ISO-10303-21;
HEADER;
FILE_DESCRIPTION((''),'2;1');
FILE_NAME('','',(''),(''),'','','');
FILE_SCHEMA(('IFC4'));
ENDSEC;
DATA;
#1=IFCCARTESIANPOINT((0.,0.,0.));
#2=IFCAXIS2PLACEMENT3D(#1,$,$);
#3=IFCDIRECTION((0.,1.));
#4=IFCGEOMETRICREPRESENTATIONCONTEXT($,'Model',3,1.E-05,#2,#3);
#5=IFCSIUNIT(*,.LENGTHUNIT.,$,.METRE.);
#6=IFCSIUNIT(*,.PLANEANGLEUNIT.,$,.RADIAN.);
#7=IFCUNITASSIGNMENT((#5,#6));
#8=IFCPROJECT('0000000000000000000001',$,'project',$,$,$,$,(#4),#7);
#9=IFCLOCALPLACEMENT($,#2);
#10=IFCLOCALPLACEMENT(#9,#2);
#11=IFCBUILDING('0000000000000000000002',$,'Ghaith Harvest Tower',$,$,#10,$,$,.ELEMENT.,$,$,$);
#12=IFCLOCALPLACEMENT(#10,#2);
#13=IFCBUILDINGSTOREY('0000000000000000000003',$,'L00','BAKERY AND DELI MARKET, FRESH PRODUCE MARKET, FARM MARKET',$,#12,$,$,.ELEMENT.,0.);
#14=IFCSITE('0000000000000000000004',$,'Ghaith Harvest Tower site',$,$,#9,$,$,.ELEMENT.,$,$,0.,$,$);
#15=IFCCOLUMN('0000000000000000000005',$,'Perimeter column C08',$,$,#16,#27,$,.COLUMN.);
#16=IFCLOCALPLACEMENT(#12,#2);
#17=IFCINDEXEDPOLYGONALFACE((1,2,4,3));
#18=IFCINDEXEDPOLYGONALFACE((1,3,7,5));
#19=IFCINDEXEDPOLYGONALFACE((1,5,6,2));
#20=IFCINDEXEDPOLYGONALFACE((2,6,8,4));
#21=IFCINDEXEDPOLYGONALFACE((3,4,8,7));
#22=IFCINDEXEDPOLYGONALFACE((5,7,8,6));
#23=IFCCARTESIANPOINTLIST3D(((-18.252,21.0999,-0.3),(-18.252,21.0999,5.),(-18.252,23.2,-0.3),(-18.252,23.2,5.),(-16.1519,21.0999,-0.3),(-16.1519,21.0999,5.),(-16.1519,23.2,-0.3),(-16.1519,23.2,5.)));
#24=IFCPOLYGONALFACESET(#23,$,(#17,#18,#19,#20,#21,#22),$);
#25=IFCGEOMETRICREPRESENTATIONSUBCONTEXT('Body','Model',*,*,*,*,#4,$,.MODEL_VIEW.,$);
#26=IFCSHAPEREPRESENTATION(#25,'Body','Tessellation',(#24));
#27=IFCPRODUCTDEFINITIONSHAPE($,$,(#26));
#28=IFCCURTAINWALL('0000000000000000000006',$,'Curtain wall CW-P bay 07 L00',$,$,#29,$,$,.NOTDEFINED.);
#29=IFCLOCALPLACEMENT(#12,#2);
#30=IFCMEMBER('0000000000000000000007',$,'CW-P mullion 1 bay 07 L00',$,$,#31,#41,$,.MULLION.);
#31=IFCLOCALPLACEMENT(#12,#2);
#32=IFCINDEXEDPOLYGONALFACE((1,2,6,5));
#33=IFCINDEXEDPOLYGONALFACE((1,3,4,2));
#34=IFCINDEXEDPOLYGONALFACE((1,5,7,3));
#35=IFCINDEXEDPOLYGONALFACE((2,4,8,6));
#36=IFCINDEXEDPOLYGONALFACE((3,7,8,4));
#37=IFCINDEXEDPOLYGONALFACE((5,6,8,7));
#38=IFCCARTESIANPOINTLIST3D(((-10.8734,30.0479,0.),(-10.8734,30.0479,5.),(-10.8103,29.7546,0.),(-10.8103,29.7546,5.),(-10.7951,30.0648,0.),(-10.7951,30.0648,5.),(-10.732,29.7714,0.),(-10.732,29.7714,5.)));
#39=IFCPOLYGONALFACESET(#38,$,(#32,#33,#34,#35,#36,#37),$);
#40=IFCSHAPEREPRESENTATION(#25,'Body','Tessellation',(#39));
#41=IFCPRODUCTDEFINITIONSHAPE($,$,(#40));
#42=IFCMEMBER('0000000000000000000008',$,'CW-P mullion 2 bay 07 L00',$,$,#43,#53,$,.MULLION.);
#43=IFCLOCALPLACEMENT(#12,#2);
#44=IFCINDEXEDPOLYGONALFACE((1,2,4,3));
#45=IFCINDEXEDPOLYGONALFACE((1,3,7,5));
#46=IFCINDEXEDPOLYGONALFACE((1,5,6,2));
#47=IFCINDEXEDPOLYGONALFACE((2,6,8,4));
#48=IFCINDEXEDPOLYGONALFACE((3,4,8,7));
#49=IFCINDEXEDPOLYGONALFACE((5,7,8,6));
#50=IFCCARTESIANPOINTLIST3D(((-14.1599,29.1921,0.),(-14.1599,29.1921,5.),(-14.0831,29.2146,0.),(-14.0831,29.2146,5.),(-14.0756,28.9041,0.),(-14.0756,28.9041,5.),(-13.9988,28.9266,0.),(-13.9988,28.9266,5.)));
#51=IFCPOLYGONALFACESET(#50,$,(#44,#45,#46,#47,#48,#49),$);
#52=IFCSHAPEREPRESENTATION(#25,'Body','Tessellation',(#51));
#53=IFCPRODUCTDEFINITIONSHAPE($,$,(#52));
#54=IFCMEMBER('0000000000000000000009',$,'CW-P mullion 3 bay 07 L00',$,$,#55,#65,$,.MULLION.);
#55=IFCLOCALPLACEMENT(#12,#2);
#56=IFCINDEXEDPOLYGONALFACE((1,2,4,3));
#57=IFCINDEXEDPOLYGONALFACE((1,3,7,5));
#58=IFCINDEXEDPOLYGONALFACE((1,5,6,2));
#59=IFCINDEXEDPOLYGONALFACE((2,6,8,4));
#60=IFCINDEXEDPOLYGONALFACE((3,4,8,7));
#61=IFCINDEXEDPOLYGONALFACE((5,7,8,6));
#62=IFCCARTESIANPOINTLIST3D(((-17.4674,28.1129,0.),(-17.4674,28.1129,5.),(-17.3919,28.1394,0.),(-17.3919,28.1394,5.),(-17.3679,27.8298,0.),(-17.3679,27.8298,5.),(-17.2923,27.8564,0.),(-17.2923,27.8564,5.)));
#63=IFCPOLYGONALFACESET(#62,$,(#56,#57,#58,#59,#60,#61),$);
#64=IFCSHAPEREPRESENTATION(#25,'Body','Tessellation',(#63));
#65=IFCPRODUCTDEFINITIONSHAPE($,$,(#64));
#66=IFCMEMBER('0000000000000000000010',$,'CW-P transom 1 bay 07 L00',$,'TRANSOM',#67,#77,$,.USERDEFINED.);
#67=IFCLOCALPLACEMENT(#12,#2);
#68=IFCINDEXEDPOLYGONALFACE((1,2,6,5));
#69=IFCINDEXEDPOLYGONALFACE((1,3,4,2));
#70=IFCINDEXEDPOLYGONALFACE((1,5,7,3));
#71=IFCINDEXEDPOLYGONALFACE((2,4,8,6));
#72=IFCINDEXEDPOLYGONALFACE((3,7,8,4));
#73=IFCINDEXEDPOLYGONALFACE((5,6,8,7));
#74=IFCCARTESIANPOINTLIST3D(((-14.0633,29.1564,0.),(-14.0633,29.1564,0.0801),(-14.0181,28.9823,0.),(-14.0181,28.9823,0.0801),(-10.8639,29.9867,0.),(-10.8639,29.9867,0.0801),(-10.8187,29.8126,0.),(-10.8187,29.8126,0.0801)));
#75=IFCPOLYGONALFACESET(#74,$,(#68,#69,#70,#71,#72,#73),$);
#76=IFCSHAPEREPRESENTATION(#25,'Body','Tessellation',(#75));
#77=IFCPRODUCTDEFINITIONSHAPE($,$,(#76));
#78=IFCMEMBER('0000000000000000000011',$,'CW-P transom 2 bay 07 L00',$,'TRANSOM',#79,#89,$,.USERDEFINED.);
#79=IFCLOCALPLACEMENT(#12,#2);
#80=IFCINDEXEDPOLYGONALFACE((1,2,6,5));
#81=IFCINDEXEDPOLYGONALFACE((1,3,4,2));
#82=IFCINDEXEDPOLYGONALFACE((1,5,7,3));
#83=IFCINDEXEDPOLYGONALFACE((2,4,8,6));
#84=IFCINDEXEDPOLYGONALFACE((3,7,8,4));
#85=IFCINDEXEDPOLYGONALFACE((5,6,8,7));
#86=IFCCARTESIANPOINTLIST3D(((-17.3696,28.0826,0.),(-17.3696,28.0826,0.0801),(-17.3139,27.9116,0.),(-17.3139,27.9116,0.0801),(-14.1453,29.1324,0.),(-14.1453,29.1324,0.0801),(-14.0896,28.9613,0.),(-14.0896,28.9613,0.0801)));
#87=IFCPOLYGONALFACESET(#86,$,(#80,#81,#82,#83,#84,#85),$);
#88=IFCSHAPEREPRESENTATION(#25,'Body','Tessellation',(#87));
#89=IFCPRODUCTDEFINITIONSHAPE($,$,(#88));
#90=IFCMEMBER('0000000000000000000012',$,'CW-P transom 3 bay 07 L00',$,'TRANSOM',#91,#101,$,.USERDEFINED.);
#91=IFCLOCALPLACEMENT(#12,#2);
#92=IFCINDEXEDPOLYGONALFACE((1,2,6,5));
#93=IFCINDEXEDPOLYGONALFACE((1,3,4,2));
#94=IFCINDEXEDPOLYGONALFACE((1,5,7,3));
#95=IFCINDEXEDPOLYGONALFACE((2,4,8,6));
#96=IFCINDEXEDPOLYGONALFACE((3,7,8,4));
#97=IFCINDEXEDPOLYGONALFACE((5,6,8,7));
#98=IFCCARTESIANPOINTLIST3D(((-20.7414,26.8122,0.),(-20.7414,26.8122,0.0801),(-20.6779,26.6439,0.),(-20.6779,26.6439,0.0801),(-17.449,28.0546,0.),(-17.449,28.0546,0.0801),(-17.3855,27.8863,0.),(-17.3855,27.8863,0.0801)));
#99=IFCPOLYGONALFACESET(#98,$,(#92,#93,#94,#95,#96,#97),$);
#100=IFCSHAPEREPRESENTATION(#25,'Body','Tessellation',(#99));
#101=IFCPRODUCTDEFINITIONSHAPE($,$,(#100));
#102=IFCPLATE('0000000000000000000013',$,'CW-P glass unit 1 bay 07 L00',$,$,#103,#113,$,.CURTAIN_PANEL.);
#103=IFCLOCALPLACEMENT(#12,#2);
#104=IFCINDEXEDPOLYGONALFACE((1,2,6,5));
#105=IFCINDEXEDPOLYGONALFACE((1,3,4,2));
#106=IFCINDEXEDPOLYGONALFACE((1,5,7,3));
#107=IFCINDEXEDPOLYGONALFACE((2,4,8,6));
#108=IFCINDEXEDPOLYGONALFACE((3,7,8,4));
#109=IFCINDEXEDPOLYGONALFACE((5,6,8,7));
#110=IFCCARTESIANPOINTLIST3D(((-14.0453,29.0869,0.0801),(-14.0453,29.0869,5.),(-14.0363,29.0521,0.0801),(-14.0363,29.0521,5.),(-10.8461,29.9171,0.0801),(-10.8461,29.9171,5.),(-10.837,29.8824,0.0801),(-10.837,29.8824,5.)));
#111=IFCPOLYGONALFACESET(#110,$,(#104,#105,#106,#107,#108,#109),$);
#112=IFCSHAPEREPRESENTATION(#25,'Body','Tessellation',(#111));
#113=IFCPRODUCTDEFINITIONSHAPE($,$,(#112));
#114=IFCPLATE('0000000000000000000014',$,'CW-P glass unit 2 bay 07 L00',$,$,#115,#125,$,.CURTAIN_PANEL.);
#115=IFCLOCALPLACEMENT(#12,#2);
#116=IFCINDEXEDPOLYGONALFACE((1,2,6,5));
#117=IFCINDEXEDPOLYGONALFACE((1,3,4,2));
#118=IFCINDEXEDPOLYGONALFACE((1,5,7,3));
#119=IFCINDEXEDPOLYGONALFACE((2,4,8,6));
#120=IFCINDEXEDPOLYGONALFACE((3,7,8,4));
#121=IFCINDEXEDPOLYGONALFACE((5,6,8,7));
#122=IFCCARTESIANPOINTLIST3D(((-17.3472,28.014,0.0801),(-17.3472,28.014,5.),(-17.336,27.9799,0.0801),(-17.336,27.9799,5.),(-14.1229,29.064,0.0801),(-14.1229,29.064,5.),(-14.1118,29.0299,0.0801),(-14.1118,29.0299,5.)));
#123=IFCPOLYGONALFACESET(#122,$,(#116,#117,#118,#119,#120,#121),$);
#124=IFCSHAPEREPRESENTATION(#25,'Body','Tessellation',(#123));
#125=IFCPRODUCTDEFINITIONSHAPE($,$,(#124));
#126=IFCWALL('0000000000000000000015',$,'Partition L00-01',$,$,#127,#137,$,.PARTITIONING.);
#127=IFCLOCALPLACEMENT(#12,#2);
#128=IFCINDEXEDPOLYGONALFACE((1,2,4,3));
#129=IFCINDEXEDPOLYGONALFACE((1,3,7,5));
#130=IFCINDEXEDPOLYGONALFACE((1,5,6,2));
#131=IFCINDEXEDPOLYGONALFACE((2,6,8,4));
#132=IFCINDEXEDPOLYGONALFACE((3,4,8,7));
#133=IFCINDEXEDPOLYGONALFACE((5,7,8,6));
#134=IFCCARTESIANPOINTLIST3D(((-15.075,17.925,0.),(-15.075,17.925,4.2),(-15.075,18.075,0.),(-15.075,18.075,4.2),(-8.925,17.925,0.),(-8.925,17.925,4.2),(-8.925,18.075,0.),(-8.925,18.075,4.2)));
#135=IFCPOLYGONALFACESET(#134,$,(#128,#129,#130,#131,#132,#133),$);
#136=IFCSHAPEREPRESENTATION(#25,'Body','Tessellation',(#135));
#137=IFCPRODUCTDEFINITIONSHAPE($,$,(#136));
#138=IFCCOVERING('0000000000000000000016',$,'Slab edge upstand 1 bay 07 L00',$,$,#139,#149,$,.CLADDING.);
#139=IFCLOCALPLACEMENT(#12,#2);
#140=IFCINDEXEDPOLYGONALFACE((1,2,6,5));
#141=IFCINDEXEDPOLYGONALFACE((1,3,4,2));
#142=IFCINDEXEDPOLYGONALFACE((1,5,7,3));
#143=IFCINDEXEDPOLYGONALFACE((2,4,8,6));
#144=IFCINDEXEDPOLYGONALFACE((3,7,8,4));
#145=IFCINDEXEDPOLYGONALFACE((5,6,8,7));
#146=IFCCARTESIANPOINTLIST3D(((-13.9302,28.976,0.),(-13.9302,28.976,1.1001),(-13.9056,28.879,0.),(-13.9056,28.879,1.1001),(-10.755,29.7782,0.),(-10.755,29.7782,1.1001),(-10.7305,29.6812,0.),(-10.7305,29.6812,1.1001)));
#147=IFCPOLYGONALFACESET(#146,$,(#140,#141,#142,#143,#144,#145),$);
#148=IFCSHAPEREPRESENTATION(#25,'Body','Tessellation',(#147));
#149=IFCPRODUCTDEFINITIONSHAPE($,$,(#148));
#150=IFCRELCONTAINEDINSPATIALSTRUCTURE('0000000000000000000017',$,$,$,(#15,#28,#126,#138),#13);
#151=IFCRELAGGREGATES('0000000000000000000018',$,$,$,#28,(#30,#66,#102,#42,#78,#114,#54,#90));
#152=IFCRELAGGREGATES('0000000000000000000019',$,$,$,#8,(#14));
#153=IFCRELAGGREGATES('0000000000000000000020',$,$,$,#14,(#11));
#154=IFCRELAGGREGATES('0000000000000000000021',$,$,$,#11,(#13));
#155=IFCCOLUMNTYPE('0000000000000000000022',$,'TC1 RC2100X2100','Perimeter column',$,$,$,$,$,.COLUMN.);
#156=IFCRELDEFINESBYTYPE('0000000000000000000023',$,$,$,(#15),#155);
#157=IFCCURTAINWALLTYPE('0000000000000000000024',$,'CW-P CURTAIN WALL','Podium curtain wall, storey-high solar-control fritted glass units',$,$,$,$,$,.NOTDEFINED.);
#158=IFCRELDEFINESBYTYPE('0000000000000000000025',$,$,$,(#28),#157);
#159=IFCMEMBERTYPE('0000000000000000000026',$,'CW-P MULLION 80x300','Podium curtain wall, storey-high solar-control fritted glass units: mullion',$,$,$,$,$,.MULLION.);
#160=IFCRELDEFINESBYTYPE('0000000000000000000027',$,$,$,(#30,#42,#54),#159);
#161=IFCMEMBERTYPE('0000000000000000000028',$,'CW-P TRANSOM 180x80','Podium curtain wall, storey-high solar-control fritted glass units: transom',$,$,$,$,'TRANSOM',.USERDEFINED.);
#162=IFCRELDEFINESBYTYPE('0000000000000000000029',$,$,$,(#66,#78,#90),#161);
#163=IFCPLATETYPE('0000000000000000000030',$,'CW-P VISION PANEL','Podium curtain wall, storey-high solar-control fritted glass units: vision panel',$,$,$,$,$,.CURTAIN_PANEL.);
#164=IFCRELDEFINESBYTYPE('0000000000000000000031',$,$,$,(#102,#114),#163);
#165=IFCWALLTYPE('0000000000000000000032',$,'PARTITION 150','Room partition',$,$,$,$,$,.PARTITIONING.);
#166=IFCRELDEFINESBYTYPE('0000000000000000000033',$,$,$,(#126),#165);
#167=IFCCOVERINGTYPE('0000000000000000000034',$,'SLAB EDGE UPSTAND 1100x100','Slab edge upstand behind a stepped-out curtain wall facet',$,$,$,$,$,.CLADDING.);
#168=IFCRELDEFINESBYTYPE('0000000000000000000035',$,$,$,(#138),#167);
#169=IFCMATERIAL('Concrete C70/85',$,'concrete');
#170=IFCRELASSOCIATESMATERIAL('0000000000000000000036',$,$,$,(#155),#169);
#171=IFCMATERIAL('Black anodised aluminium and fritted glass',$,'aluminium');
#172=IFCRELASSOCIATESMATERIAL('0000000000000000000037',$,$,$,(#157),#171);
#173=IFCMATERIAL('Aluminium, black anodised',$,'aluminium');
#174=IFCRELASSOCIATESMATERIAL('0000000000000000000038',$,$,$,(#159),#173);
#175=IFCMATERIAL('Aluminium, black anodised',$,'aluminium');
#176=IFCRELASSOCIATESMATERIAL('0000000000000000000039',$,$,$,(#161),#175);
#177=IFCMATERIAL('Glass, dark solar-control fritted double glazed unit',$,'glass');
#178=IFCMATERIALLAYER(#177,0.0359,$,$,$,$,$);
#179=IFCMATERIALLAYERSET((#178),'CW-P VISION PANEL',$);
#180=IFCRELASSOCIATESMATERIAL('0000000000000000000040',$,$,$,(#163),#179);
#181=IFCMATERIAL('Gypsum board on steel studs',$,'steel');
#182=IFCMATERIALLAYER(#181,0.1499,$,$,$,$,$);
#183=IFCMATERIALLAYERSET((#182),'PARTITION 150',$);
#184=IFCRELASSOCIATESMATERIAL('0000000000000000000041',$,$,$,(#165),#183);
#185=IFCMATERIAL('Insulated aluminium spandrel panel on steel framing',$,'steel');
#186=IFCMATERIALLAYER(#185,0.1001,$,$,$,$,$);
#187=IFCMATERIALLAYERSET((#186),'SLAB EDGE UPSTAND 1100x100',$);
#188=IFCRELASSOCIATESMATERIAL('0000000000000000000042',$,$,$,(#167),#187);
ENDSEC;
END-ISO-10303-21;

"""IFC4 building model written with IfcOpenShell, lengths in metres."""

from ifc_helpers import new_model, si_unit, direction, frame, frame_2d, origin, origin_2d, place, context, subcontext, project, spatial, rectangle, extrude, material, layer, layer_set, material_profile, profile_set, type_object, element, aggregate, save


model = new_model("IFC4")

# Units and contexts
model_context = context("Model", 3, precision=1e-05, world=origin(), true_north=direction((0.0, 1.0)))
body_context = subcontext(model_context, "Body", "Model", "MODEL_VIEW")
ifc_project = project(units=[si_unit("LENGTHUNIT", "METRE"), si_unit("PLANEANGLEUNIT", "RADIAN")], contexts=[model_context])

# Site, building, storey
site_placement = place(None, origin())
site = spatial("IfcSite", under=ifc_project, at=site_placement, Name="Ghaith Harvest Tower site", CompositionType="ELEMENT", RefElevation=0.0)
building_placement = place(site_placement, origin())
building = spatial("IfcBuilding", under=site, at=building_placement, Name="Ghaith Harvest Tower", CompositionType="ELEMENT")
storey_placement = place(building_placement, origin())
storey = spatial("IfcBuildingStorey", under=building, at=storey_placement, Name="L00", Description="BAKERY AND DELI MARKET, FRESH PRODUCE MARKET, FARM MARKET", CompositionType="ELEMENT", Elevation=0.0)

# Column
ifc_material_1 = material(Name="Concrete C70/85", Category="concrete")
ifc_material_profile_1 = material_profile(ifc_material_1, rectangle(XDim=2.1001, YDim=2.1001, at=origin_2d()), Name="RC2100X2100")
ifc_profile_set_1 = profile_set([ifc_material_profile_1], Name="Concrete C70/85")
column_type = type_object("IfcColumnType", Name="TC1 RC2100X2100", Description="Perimeter column", PredefinedType="COLUMN", material=ifc_profile_set_1)
column_placement = place(storey_placement, frame((-17.2019, 22.1499, -0.3), z_axis=(0.0, 0.0, 1.0), x_axis=(1.0, 0.0, 0.0)))
element("IfcColumn", 1, at=column_placement, inside=storey, type_object=column_type, Name="Perimeter column C08", PredefinedType="COLUMN", context=body_context, shape_type="SweptSolid", body=[
    extrude(rectangle(XDim=2.1001, YDim=2.1001, at=origin_2d()), origin(), (0.0, 0.0, 1.0), 5.3),
])

# Curtain wall, members, plates
ifc_material_2 = material(Name="Black anodised aluminium and fritted glass", Category="aluminium")
curtain_wall_type = type_object("IfcCurtainWallType", Name="CW-P CURTAIN WALL", Description="Podium curtain wall, storey-high solar-control fritted glass units", PredefinedType="NOTDEFINED", material=ifc_material_2)
curtain_wall_placement = place(storey_placement, origin())
curtain_wall = element("IfcCurtainWall", 2, at=curtain_wall_placement, inside=storey, type_object=curtain_wall_type, Name="Curtain wall CW-P bay 07 L00", PredefinedType="NOTDEFINED")
ifc_material_3 = material(Name="Aluminium, black anodised", Category="aluminium")
ifc_material_profile_2 = material_profile(ifc_material_3, rectangle(XDim=0.0801, YDim=0.3, at=origin_2d()), Name="CW-P MULLION 80x300")
ifc_profile_set_2 = profile_set([ifc_material_profile_2], Name="Aluminium, black anodised")
member_type_1 = type_object("IfcMemberType", Name="CW-P MULLION 80x300", Description="Podium curtain wall, storey-high solar-control fritted glass units: mullion", PredefinedType="MULLION", material=ifc_profile_set_2)
member_1_placement = place(storey_placement, frame((-10.8027, 29.9097, 0.0), z_axis=(0.0, 0.0, 1.0), x_axis=(-0.977639, -0.210291, 0.0)))
member_1 = element("IfcMember", 3, at=member_1_placement, type_object=member_type_1, Name="CW-P mullion 1 bay 07 L00", PredefinedType="MULLION", context=body_context, shape_type="SweptSolid", body=[
    extrude(rectangle(XDim=0.0801, YDim=0.3, at=origin_2d()), origin(), (0.0, 0.0, 1.0), 5.0),
])
member_2_placement = place(storey_placement, frame((-14.0793, 29.0593, 0.0), z_axis=(0.0, 0.0, 1.0), x_axis=(-0.959733, -0.280913, 0.0)))
member_2 = element("IfcMember", 4, at=member_2_placement, type_object=member_type_1, Name="CW-P mullion 2 bay 07 L00", PredefinedType="MULLION", context=body_context, shape_type="SweptSolid", body=[
    extrude(rectangle(XDim=0.0801, YDim=0.3, at=origin_2d()), origin(), (0.0, 0.0, 1.0), 5.0),
])
member_3_placement = place(storey_placement, frame((-17.3799, 27.9846, 0.0), z_axis=(0.0, 0.0, 1.0), x_axis=(-0.943343, -0.33182, 0.0)))
member_3 = element("IfcMember", 5, at=member_3_placement, type_object=member_type_1, Name="CW-P mullion 3 bay 07 L00", PredefinedType="MULLION", context=body_context, shape_type="SweptSolid", body=[
    extrude(rectangle(XDim=0.0801, YDim=0.3, at=origin_2d()), origin(), (0.0, 0.0, 1.0), 5.0),
])
ifc_material_4 = material(Name="Aluminium, black anodised", Category="aluminium")
ifc_material_profile_3 = material_profile(ifc_material_4, rectangle(XDim=0.1799, YDim=0.0801, at=origin_2d()), Name="CW-P TRANSOM 180x80")
ifc_profile_set_3 = profile_set([ifc_material_profile_3], Name="Aluminium, black anodised")
member_type_2 = type_object("IfcMemberType", Name="CW-P TRANSOM 180x80", Description="Podium curtain wall, storey-high solar-control fritted glass units: transom", ElementType="TRANSOM", PredefinedType="USERDEFINED", material=ifc_profile_set_3)
member_4_placement = place(storey_placement, frame((-10.8413, 29.8997, 0.04), z_axis=(-0.967936, -0.251198, 0.0), x_axis=(0.251198, -0.967936, 0.0)))
member_4 = element("IfcMember", 6, at=member_4_placement, type_object=member_type_2, Name="CW-P transom 1 bay 07 L00", ObjectType="TRANSOM", PredefinedType="USERDEFINED", context=body_context, shape_type="SweptSolid", body=[
    extrude(rectangle(XDim=0.1799, YDim=0.0801, at=origin_2d()), origin(), (0.0, 0.0, 1.0), 3.3054),
])
member_5_placement = place(storey_placement, frame((-14.1174, 29.0469, 0.04), z_axis=(-0.95087, -0.309589, 0.0), x_axis=(0.309589, -0.95087, 0.0)))
member_5 = element("IfcMember", 7, at=member_5_placement, type_object=member_type_2, Name="CW-P transom 2 bay 07 L00", ObjectType="TRANSOM", PredefinedType="USERDEFINED", context=body_context, shape_type="SweptSolid", body=[
    extrude(rectangle(XDim=0.1799, YDim=0.0801, at=origin_2d()), origin(), (0.0, 0.0, 1.0), 3.3909),
])
member_6_placement = place(storey_placement, frame((-17.4172, 27.9705, 0.04), z_axis=(-0.935603, -0.353054, 0.0), x_axis=(0.353054, -0.935603, 0.0)))
member_6 = element("IfcMember", 8, at=member_6_placement, type_object=member_type_2, Name="CW-P transom 3 bay 07 L00", ObjectType="TRANSOM", PredefinedType="USERDEFINED", context=body_context, shape_type="SweptSolid", body=[
    extrude(rectangle(XDim=0.1799, YDim=0.0801, at=origin_2d()), origin(), (0.0, 0.0, 1.0), 3.519),
])
ifc_material_5 = material(Name="Glass, dark solar-control fritted double glazed unit", Category="glass")
ifc_layer_1 = layer(ifc_material_5, 0.0359)
ifc_layer_set_1 = layer_set([ifc_layer_1], Name="CW-P VISION PANEL")
plate_type = type_object("IfcPlateType", Name="CW-P VISION PANEL", Description="Podium curtain wall, storey-high solar-control fritted glass units: vision panel", PredefinedType="CURTAIN_PANEL", material=ifc_layer_set_1)
plate_1_placement = place(storey_placement, frame((-12.4412, 29.4846, 0.0801), z_axis=(0.0, 0.0, 1.0), x_axis=(-0.96794, -0.251183, 0.0)))
plate_1 = element("IfcPlate", 9, at=plate_1_placement, type_object=plate_type, Name="CW-P glass unit 1 bay 07 L00", PredefinedType="CURTAIN_PANEL", context=body_context, shape_type="SweptSolid", body=[
    extrude(rectangle(XDim=3.3052, YDim=0.0359, at=origin_2d()), origin(), (0.0, 0.0, 1.0), 4.9199),
])
plate_2_placement = place(storey_placement, frame((-15.7295, 28.522, 0.0801), z_axis=(0.0, 0.0, 1.0), x_axis=(-0.95085, -0.309651, 0.0)))
plate_2 = element("IfcPlate", 10, at=plate_2_placement, type_object=plate_type, Name="CW-P glass unit 2 bay 07 L00", PredefinedType="CURTAIN_PANEL", context=body_context, shape_type="SweptSolid", body=[
    extrude(rectangle(XDim=3.3909, YDim=0.0359, at=origin_2d()), origin(), (0.0, 0.0, 1.0), 4.9199),
])
aggregate(curtain_wall, [member_1, member_4, plate_1, member_2, member_5, plate_2, member_3, member_6])

# Wall
ifc_material_6 = material(Name="Gypsum board on steel studs", Category="steel")
ifc_layer_2 = layer(ifc_material_6, 0.1499)
ifc_layer_set_2 = layer_set([ifc_layer_2], Name="PARTITION 150")
wall_type = type_object("IfcWallType", Name="PARTITION 150", Description="Room partition", PredefinedType="PARTITIONING", material=ifc_layer_set_2)
wall_placement = place(storey_placement, frame((-15.075, 18.0, 0.0), z_axis=(0.0, 0.0, 1.0), x_axis=(1.0, 0.0, 0.0)))
element("IfcWall", 11, at=wall_placement, inside=storey, type_object=wall_type, Name="Partition L00-01", PredefinedType="PARTITIONING", context=body_context, shape_type="SweptSolid", body=[
    extrude(rectangle(XDim=6.1499, YDim=0.1499, at=frame_2d((3.075, 0.0))), origin(), (0.0, 0.0, 1.0), 4.2),
])

# Covering
ifc_material_7 = material(Name="Insulated aluminium spandrel panel on steel framing", Category="steel")
ifc_layer_3 = layer(ifc_material_7, 0.1001)
ifc_layer_set_3 = layer_set([ifc_layer_3], Name="SLAB EDGE UPSTAND 1100x100")
covering_type = type_object("IfcCoveringType", Name="SLAB EDGE UPSTAND 1100x100", Description="Slab edge upstand behind a stepped-out curtain wall facet", PredefinedType="CLADDING", material=ifc_layer_set_3)
covering_placement = place(storey_placement, frame((-12.3303, 29.3286, 0.0), z_axis=(0.0, 0.0, 1.0), x_axis=(-0.969537, -0.244947, 0.0)))
element("IfcCovering", 12, at=covering_placement, inside=storey, type_object=covering_type, Name="Slab edge upstand 1 bay 07 L00", PredefinedType="CLADDING", context=body_context, shape_type="SweptSolid", body=[
    extrude(rectangle(XDim=3.2749, YDim=0.1001, at=origin_2d()), origin(), (0.0, 0.0, 1.0), 1.1001),
])

save(model, "model.ifc")
